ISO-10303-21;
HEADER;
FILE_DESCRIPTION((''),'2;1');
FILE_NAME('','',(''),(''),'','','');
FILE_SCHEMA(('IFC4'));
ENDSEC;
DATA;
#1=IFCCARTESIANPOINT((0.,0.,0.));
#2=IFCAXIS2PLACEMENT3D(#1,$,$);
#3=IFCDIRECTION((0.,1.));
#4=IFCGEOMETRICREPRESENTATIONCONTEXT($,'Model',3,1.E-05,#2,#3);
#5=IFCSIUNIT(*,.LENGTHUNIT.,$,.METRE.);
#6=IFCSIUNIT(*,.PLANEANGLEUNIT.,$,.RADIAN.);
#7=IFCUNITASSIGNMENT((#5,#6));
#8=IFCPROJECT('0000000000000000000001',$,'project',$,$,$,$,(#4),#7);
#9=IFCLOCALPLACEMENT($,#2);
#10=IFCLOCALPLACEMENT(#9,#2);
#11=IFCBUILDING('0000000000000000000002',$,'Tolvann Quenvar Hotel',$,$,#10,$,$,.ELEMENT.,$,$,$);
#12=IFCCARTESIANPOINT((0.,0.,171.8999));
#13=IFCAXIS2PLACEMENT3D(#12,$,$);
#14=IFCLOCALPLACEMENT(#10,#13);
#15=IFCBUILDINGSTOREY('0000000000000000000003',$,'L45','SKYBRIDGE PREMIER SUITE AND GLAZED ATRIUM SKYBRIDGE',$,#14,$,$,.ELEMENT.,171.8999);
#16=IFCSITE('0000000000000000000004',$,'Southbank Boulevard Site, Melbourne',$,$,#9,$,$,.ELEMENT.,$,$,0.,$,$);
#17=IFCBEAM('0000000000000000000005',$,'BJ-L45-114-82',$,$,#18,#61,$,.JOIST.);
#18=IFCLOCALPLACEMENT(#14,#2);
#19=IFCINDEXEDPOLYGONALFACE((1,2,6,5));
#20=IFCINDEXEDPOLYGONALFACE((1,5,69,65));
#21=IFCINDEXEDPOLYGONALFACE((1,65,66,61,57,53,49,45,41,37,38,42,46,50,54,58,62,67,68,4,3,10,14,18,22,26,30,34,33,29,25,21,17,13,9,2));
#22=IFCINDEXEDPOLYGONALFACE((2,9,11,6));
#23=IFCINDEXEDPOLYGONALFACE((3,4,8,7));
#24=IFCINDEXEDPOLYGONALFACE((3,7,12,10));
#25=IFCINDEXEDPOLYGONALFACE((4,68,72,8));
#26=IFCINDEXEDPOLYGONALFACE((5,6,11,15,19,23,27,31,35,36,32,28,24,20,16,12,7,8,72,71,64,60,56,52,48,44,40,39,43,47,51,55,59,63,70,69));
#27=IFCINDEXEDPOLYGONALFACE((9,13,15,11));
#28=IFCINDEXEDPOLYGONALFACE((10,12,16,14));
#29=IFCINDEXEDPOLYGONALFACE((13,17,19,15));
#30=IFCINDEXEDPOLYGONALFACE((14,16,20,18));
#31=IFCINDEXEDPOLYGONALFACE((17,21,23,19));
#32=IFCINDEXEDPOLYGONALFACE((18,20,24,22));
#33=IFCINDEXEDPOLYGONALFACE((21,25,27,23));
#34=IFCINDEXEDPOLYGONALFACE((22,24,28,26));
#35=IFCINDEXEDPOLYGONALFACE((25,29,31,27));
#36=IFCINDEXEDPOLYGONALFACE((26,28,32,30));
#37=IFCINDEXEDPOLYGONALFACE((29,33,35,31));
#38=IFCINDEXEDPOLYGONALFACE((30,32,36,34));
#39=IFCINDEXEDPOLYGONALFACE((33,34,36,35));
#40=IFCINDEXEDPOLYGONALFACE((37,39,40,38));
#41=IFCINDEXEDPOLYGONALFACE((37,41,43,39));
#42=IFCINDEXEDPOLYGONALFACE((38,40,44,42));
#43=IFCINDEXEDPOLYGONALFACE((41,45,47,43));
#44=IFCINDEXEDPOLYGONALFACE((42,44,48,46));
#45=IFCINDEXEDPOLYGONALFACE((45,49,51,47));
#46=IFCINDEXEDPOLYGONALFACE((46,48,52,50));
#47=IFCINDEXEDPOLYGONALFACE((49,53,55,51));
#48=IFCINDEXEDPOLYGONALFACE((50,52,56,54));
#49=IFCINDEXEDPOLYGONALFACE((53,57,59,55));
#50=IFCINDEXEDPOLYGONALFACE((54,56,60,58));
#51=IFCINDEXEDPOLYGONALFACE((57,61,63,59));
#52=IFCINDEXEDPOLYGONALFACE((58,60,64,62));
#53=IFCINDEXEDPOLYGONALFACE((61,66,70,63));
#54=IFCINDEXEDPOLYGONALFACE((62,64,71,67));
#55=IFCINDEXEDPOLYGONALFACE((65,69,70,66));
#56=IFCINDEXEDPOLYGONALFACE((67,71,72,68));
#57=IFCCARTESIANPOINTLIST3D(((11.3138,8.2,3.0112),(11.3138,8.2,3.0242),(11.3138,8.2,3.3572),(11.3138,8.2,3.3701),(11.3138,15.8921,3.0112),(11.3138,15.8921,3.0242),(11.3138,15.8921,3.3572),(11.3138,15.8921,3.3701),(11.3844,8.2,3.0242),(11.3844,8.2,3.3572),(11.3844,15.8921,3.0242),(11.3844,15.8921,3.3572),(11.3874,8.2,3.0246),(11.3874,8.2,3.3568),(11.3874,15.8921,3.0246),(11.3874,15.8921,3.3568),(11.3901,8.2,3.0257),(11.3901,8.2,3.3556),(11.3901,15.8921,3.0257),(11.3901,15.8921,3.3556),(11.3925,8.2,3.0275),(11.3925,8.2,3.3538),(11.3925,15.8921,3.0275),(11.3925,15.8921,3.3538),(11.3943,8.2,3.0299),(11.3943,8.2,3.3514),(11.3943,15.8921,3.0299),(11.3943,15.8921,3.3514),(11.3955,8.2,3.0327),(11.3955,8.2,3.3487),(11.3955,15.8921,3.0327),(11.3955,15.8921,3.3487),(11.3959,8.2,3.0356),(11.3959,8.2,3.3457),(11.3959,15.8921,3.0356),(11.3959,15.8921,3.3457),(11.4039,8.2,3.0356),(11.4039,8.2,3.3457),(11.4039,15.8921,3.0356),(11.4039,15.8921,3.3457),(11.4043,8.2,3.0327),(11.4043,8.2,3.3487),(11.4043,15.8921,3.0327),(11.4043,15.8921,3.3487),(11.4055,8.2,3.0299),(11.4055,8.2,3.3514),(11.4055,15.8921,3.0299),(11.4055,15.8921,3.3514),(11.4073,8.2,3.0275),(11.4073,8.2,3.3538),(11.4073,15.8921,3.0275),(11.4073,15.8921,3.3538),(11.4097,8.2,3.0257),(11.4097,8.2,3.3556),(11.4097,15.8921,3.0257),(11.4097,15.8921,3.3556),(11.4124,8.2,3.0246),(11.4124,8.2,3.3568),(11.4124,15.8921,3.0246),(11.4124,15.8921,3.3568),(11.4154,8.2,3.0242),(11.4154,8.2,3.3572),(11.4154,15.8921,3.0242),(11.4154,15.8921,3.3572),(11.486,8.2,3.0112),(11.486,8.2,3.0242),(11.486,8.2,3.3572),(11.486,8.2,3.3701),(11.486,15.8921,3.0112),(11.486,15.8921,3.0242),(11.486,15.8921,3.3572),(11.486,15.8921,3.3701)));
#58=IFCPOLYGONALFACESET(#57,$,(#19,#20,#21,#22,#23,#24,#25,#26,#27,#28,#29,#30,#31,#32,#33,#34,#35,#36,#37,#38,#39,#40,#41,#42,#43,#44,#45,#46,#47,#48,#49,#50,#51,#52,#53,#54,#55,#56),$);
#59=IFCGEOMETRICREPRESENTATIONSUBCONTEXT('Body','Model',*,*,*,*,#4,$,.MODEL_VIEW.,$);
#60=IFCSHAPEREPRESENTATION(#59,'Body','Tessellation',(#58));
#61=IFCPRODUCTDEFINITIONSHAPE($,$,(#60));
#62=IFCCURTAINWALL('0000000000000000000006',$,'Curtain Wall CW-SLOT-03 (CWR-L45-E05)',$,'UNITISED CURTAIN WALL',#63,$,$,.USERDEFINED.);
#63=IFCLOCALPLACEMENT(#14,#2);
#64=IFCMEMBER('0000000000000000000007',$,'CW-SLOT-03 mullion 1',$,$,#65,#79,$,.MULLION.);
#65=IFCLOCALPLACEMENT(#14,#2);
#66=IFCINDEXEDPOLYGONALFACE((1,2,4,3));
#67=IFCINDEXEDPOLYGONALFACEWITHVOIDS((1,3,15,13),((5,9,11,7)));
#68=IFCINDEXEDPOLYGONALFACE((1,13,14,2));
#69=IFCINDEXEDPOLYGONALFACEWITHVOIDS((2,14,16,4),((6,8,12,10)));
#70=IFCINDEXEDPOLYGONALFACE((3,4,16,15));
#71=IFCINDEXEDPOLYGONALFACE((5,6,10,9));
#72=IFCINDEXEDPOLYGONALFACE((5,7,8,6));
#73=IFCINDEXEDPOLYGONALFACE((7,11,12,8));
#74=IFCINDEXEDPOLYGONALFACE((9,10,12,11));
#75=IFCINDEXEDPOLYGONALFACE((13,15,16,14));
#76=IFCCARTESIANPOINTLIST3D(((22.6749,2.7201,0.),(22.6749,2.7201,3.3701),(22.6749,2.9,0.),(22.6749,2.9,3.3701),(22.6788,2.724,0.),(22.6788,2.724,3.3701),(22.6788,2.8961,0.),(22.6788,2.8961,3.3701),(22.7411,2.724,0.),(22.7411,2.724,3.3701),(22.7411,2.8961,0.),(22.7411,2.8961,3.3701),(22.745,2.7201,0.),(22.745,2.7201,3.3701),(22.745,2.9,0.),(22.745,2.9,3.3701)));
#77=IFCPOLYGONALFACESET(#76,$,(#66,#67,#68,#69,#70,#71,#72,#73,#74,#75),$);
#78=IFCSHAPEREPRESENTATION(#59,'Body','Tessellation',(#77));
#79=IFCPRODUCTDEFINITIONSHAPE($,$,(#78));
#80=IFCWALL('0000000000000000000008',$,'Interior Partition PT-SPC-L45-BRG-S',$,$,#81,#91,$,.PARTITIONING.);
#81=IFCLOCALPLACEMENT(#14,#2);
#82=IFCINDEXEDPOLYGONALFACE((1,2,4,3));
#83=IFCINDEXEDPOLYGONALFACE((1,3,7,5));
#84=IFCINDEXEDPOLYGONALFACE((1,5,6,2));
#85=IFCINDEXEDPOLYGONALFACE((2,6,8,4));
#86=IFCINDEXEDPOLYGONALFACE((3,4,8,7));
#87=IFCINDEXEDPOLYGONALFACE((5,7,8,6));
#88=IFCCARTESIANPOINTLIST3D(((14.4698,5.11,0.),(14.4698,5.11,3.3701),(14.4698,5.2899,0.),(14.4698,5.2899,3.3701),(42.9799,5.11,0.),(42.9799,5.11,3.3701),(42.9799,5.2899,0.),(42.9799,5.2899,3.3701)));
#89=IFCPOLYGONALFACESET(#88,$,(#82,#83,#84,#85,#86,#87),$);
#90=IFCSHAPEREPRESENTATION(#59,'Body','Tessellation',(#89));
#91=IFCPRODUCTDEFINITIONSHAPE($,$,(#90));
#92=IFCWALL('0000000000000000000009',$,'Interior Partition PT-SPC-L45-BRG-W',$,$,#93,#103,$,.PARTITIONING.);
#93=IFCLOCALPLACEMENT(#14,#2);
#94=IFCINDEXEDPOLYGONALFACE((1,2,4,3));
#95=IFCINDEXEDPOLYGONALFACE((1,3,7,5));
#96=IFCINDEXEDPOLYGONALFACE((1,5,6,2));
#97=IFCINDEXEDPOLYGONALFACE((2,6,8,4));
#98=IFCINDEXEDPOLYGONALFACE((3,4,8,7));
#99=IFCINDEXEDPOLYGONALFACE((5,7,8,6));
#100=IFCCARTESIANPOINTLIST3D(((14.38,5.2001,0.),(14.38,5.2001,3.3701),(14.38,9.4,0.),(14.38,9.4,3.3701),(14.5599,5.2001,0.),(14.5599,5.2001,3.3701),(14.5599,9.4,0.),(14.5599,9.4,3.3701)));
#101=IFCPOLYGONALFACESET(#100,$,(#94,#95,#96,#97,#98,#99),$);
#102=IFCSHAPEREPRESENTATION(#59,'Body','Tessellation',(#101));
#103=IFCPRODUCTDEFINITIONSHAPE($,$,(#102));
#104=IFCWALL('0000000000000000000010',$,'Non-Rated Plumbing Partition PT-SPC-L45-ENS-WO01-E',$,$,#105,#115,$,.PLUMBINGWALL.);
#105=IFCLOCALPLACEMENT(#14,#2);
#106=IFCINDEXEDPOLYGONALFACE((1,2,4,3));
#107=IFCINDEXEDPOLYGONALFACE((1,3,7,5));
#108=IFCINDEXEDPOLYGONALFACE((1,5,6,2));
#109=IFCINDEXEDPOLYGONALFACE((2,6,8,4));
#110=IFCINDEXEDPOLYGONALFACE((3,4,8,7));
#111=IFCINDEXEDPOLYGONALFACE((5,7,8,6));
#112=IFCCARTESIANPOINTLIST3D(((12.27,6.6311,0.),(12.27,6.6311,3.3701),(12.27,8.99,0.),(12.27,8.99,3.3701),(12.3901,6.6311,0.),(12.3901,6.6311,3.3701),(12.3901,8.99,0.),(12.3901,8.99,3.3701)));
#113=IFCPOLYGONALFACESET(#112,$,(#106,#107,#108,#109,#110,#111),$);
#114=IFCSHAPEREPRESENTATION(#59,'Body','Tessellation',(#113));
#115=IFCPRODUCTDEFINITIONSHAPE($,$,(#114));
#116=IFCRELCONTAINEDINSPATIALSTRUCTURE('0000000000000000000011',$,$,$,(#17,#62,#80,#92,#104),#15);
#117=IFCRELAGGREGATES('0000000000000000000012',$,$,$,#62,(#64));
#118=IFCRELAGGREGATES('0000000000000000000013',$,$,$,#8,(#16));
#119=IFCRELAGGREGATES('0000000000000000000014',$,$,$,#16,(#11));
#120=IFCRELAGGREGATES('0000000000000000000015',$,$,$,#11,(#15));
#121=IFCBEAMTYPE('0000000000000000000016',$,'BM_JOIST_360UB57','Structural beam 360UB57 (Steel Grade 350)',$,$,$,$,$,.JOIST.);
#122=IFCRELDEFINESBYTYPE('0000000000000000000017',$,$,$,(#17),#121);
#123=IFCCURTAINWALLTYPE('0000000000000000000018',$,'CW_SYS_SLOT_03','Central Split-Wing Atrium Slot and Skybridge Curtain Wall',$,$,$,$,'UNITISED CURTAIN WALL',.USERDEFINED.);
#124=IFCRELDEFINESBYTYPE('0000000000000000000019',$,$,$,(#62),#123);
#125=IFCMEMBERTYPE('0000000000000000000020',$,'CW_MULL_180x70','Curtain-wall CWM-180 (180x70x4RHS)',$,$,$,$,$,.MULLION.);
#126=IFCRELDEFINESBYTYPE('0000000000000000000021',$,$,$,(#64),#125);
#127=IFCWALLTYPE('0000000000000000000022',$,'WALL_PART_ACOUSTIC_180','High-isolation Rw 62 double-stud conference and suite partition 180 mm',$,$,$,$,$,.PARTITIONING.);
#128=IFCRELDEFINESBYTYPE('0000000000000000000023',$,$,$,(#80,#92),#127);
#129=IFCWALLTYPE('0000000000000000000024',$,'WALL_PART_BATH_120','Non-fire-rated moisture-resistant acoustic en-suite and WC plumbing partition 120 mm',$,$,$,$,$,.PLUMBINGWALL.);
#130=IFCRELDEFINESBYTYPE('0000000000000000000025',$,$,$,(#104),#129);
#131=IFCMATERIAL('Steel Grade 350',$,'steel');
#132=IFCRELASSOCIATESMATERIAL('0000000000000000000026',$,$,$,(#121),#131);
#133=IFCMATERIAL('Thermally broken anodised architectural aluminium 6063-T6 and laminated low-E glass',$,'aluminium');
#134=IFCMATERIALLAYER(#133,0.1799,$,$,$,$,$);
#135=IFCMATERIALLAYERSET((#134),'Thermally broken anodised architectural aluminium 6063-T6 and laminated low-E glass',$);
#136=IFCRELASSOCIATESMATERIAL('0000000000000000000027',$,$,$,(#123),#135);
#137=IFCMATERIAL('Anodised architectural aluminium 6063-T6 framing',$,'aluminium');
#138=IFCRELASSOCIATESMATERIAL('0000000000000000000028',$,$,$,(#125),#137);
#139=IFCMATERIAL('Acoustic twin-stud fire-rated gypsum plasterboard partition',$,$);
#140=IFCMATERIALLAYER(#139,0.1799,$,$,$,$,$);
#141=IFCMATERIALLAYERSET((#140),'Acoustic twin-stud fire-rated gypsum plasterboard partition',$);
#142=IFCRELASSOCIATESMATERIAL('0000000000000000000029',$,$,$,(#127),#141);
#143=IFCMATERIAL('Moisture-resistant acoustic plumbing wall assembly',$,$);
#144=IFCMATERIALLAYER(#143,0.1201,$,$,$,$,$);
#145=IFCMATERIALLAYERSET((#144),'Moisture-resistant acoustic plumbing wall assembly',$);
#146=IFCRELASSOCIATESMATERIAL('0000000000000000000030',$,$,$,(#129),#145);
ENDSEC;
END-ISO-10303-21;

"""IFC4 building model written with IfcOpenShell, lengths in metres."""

from ifc_helpers import new_model, si_unit, direction, frame, frame_2d, origin, origin_2d, place, context, subcontext, project, spatial, rectangle, hollow_rectangle, i_section, extrude, source, transform, mapped, material, layer, layer_set, material_profile, profile_set, type_object, type_shapes, element, aggregate, save


model = new_model("IFC4")

# Units and contexts
model_context = context("Model", 3, precision=1e-05, world=origin(), true_north=direction((0.0, 1.0)))
body_context = subcontext(model_context, "Body", "Model", "MODEL_VIEW")
ifc_project = project(units=[si_unit("LENGTHUNIT", "METRE"), si_unit("PLANEANGLEUNIT", "RADIAN")], contexts=[model_context])

# Site, building, storey
site_placement = place(None, origin())
site = spatial("IfcSite", under=ifc_project, at=site_placement, Name="Southbank Boulevard Site, Melbourne", CompositionType="ELEMENT", RefElevation=0.0)
building_placement = place(site_placement, origin())
building = spatial("IfcBuilding", under=site, at=building_placement, Name="Tolvann Quenvar Hotel", CompositionType="ELEMENT")
storey_placement = place(building_placement, frame((0.0, 0.0, 171.8999)))
storey = spatial("IfcBuildingStorey", under=building, at=storey_placement, Name="L45", Description="SKYBRIDGE PREMIER SUITE AND GLAZED ATRIUM SKYBRIDGE", CompositionType="ELEMENT", Elevation=171.8999)

# Shared definitions
ifc_material_1 = material(Name="Steel Grade 350", Category="steel")

# Beam
ifc_material_profile_1 = material_profile(ifc_material_1, i_section(OverallWidth=0.1721, OverallDepth=0.3589, WebThickness=0.0081, FlangeThickness=0.0129, FilletRadius=0.0115, at=origin_2d()), Name="360UB57")
ifc_profile_set_1 = profile_set([ifc_material_profile_1], Name="Steel Grade 350")
beam_type_1 = type_object("IfcBeamType", Name="BM_JOIST_360UB57", Description="Structural beam 360UB57 (Steel Grade 350)", PredefinedType="JOIST", material=ifc_profile_set_1)
shared_shape_1 = source(origin(), body_context, "Body", "SweptSolid", [
    extrude(i_section(OverallWidth=0.1721, OverallDepth=0.3589, WebThickness=0.0081, FlangeThickness=0.0129, FilletRadius=0.0115, at=origin_2d()), origin(), (0.0, 0.0, 1.0), 7.6921),
])
type_shapes(beam_type_1, [shared_shape_1])
beam_1_placement = place(storey_placement, frame((11.3999, 8.2, 3.1907), z_axis=(0.0, 1.0, 0.0), x_axis=(-1.0, 0.0, 0.0)))
element("IfcBeam", 1, at=beam_1_placement, inside=storey, type_object=beam_type_1, Name="BJ-L45-114-82", PredefinedType="JOIST", context=body_context, shape_type="MappedRepresentation", body=[
    mapped(shared_shape_1, transform((0.0, 0.0, 0.0), x_axis=(1.0, 0.0, 0.0), y_axis=(0.0, 1.0, 0.0), z_axis=(0.0, 0.0, 1.0), scale=1.0)),
])

# Curtain wall, member
ifc_material_2 = material(Name="Thermally broken anodised architectural aluminium 6063-T6 and laminated low-E glass", Category="aluminium")
ifc_layer_1 = layer(ifc_material_2, 0.1799)
ifc_layer_set_1 = layer_set([ifc_layer_1], Name="Thermally broken anodised architectural aluminium 6063-T6 and laminated low-E glass")
curtain_wall_type = type_object("IfcCurtainWallType", Name="CW_SYS_SLOT_03", Description="Central Split-Wing Atrium Slot and Skybridge Curtain Wall", ElementType="UNITISED CURTAIN WALL", PredefinedType="USERDEFINED", material=ifc_layer_set_1)
curtain_wall_placement = place(storey_placement, origin())
curtain_wall = element("IfcCurtainWall", 2, at=curtain_wall_placement, inside=storey, type_object=curtain_wall_type, Name="Curtain Wall CW-SLOT-03 (CWR-L45-E05)", ObjectType="UNITISED CURTAIN WALL", PredefinedType="USERDEFINED")
ifc_material_3 = material(Name="Anodised architectural aluminium 6063-T6 framing", Category="aluminium")
ifc_material_profile_2 = material_profile(ifc_material_3, hollow_rectangle(XDim=0.0701, YDim=0.1799, WallThickness=0.0039, at=origin_2d()), Name="180x70x4RHS")
ifc_profile_set_2 = profile_set([ifc_material_profile_2], Name="Anodised architectural aluminium 6063-T6 framing")
member_type = type_object("IfcMemberType", Name="CW_MULL_180x70", Description="Curtain-wall CWM-180 (180x70x4RHS)", PredefinedType="MULLION", material=ifc_profile_set_2)
shared_shape_2 = source(origin(), body_context, "Body", "SweptSolid", [
    extrude(hollow_rectangle(XDim=0.0701, YDim=0.1799, WallThickness=0.0039, at=origin_2d()), origin(), (0.0, 0.0, 1.0), 3.3701),
])
type_shapes(member_type, [shared_shape_2])
member_placement = place(storey_placement, frame((22.71, 2.8101, 0.0), z_axis=(0.0, 0.0, 1.0), x_axis=(-1.0, 0.0, 0.0)))
member = element("IfcMember", 3, at=member_placement, type_object=member_type, Name="CW-SLOT-03 mullion 1", PredefinedType="MULLION", context=body_context, shape_type="MappedRepresentation", body=[
    mapped(shared_shape_2, transform((0.0, 0.0, 0.0), x_axis=(1.0, 0.0, 0.0), y_axis=(0.0, 1.0, 0.0), z_axis=(0.0, 0.0, 1.0), scale=1.0)),
])
aggregate(curtain_wall, [member])

# Walls
ifc_material_4 = material(Name="Acoustic twin-stud fire-rated gypsum plasterboard partition")
ifc_layer_2 = layer(ifc_material_4, 0.1799)
ifc_layer_set_2 = layer_set([ifc_layer_2], Name="Acoustic twin-stud fire-rated gypsum plasterboard partition")
wall_type_1 = type_object("IfcWallType", Name="WALL_PART_ACOUSTIC_180", Description="High-isolation Rw 62 double-stud conference and suite partition 180 mm", PredefinedType="PARTITIONING", material=ifc_layer_set_2)
wall_1_placement = place(storey_placement, frame((14.47, 5.2, 0.0), z_axis=(0.0, 0.0, 1.0), x_axis=(1.0, 0.0, 0.0)))
element("IfcWall", 4, at=wall_1_placement, inside=storey, type_object=wall_type_1, Name="Interior Partition PT-SPC-L45-BRG-S", PredefinedType="PARTITIONING", context=body_context, shape_type="SweptSolid", body=[
    extrude(rectangle(XDim=28.51, YDim=0.1799, at=frame_2d((14.2549, 0.0))), origin(), (0.0, 0.0, 1.0), 3.3701),
])
wall_2_placement = place(storey_placement, frame((14.47, 5.2, 0.0), z_axis=(0.0, 0.0, 1.0), x_axis=(0.0, 1.0, 0.0)))
element("IfcWall", 5, at=wall_2_placement, inside=storey, type_object=wall_type_1, Name="Interior Partition PT-SPC-L45-BRG-W", PredefinedType="PARTITIONING", context=body_context, shape_type="SweptSolid", body=[
    extrude(rectangle(XDim=4.2, YDim=0.1799, at=frame_2d((2.1001, 0.0))), origin(), (0.0, 0.0, 1.0), 3.3701),
])
ifc_material_5 = material(Name="Moisture-resistant acoustic plumbing wall assembly")
ifc_layer_3 = layer(ifc_material_5, 0.1201)
ifc_layer_set_3 = layer_set([ifc_layer_3], Name="Moisture-resistant acoustic plumbing wall assembly")
wall_type_2 = type_object("IfcWallType", Name="WALL_PART_BATH_120", Description="Non-fire-rated moisture-resistant acoustic en-suite and WC plumbing partition 120 mm", PredefinedType="PLUMBINGWALL", material=ifc_layer_set_3)
wall_3_placement = place(storey_placement, frame((12.3301, 6.6311, 0.0), z_axis=(0.0, 0.0, 1.0), x_axis=(0.0, 1.0, 0.0)))
element("IfcWall", 6, at=wall_3_placement, inside=storey, type_object=wall_type_2, Name="Non-Rated Plumbing Partition PT-SPC-L45-ENS-WO01-E", PredefinedType="PLUMBINGWALL", context=body_context, shape_type="SweptSolid", body=[
    extrude(rectangle(XDim=2.3589, YDim=0.1201, at=frame_2d((1.1794, 0.0))), origin(), (0.0, 0.0, 1.0), 3.3701),
])

save(model, "model.ifc")
